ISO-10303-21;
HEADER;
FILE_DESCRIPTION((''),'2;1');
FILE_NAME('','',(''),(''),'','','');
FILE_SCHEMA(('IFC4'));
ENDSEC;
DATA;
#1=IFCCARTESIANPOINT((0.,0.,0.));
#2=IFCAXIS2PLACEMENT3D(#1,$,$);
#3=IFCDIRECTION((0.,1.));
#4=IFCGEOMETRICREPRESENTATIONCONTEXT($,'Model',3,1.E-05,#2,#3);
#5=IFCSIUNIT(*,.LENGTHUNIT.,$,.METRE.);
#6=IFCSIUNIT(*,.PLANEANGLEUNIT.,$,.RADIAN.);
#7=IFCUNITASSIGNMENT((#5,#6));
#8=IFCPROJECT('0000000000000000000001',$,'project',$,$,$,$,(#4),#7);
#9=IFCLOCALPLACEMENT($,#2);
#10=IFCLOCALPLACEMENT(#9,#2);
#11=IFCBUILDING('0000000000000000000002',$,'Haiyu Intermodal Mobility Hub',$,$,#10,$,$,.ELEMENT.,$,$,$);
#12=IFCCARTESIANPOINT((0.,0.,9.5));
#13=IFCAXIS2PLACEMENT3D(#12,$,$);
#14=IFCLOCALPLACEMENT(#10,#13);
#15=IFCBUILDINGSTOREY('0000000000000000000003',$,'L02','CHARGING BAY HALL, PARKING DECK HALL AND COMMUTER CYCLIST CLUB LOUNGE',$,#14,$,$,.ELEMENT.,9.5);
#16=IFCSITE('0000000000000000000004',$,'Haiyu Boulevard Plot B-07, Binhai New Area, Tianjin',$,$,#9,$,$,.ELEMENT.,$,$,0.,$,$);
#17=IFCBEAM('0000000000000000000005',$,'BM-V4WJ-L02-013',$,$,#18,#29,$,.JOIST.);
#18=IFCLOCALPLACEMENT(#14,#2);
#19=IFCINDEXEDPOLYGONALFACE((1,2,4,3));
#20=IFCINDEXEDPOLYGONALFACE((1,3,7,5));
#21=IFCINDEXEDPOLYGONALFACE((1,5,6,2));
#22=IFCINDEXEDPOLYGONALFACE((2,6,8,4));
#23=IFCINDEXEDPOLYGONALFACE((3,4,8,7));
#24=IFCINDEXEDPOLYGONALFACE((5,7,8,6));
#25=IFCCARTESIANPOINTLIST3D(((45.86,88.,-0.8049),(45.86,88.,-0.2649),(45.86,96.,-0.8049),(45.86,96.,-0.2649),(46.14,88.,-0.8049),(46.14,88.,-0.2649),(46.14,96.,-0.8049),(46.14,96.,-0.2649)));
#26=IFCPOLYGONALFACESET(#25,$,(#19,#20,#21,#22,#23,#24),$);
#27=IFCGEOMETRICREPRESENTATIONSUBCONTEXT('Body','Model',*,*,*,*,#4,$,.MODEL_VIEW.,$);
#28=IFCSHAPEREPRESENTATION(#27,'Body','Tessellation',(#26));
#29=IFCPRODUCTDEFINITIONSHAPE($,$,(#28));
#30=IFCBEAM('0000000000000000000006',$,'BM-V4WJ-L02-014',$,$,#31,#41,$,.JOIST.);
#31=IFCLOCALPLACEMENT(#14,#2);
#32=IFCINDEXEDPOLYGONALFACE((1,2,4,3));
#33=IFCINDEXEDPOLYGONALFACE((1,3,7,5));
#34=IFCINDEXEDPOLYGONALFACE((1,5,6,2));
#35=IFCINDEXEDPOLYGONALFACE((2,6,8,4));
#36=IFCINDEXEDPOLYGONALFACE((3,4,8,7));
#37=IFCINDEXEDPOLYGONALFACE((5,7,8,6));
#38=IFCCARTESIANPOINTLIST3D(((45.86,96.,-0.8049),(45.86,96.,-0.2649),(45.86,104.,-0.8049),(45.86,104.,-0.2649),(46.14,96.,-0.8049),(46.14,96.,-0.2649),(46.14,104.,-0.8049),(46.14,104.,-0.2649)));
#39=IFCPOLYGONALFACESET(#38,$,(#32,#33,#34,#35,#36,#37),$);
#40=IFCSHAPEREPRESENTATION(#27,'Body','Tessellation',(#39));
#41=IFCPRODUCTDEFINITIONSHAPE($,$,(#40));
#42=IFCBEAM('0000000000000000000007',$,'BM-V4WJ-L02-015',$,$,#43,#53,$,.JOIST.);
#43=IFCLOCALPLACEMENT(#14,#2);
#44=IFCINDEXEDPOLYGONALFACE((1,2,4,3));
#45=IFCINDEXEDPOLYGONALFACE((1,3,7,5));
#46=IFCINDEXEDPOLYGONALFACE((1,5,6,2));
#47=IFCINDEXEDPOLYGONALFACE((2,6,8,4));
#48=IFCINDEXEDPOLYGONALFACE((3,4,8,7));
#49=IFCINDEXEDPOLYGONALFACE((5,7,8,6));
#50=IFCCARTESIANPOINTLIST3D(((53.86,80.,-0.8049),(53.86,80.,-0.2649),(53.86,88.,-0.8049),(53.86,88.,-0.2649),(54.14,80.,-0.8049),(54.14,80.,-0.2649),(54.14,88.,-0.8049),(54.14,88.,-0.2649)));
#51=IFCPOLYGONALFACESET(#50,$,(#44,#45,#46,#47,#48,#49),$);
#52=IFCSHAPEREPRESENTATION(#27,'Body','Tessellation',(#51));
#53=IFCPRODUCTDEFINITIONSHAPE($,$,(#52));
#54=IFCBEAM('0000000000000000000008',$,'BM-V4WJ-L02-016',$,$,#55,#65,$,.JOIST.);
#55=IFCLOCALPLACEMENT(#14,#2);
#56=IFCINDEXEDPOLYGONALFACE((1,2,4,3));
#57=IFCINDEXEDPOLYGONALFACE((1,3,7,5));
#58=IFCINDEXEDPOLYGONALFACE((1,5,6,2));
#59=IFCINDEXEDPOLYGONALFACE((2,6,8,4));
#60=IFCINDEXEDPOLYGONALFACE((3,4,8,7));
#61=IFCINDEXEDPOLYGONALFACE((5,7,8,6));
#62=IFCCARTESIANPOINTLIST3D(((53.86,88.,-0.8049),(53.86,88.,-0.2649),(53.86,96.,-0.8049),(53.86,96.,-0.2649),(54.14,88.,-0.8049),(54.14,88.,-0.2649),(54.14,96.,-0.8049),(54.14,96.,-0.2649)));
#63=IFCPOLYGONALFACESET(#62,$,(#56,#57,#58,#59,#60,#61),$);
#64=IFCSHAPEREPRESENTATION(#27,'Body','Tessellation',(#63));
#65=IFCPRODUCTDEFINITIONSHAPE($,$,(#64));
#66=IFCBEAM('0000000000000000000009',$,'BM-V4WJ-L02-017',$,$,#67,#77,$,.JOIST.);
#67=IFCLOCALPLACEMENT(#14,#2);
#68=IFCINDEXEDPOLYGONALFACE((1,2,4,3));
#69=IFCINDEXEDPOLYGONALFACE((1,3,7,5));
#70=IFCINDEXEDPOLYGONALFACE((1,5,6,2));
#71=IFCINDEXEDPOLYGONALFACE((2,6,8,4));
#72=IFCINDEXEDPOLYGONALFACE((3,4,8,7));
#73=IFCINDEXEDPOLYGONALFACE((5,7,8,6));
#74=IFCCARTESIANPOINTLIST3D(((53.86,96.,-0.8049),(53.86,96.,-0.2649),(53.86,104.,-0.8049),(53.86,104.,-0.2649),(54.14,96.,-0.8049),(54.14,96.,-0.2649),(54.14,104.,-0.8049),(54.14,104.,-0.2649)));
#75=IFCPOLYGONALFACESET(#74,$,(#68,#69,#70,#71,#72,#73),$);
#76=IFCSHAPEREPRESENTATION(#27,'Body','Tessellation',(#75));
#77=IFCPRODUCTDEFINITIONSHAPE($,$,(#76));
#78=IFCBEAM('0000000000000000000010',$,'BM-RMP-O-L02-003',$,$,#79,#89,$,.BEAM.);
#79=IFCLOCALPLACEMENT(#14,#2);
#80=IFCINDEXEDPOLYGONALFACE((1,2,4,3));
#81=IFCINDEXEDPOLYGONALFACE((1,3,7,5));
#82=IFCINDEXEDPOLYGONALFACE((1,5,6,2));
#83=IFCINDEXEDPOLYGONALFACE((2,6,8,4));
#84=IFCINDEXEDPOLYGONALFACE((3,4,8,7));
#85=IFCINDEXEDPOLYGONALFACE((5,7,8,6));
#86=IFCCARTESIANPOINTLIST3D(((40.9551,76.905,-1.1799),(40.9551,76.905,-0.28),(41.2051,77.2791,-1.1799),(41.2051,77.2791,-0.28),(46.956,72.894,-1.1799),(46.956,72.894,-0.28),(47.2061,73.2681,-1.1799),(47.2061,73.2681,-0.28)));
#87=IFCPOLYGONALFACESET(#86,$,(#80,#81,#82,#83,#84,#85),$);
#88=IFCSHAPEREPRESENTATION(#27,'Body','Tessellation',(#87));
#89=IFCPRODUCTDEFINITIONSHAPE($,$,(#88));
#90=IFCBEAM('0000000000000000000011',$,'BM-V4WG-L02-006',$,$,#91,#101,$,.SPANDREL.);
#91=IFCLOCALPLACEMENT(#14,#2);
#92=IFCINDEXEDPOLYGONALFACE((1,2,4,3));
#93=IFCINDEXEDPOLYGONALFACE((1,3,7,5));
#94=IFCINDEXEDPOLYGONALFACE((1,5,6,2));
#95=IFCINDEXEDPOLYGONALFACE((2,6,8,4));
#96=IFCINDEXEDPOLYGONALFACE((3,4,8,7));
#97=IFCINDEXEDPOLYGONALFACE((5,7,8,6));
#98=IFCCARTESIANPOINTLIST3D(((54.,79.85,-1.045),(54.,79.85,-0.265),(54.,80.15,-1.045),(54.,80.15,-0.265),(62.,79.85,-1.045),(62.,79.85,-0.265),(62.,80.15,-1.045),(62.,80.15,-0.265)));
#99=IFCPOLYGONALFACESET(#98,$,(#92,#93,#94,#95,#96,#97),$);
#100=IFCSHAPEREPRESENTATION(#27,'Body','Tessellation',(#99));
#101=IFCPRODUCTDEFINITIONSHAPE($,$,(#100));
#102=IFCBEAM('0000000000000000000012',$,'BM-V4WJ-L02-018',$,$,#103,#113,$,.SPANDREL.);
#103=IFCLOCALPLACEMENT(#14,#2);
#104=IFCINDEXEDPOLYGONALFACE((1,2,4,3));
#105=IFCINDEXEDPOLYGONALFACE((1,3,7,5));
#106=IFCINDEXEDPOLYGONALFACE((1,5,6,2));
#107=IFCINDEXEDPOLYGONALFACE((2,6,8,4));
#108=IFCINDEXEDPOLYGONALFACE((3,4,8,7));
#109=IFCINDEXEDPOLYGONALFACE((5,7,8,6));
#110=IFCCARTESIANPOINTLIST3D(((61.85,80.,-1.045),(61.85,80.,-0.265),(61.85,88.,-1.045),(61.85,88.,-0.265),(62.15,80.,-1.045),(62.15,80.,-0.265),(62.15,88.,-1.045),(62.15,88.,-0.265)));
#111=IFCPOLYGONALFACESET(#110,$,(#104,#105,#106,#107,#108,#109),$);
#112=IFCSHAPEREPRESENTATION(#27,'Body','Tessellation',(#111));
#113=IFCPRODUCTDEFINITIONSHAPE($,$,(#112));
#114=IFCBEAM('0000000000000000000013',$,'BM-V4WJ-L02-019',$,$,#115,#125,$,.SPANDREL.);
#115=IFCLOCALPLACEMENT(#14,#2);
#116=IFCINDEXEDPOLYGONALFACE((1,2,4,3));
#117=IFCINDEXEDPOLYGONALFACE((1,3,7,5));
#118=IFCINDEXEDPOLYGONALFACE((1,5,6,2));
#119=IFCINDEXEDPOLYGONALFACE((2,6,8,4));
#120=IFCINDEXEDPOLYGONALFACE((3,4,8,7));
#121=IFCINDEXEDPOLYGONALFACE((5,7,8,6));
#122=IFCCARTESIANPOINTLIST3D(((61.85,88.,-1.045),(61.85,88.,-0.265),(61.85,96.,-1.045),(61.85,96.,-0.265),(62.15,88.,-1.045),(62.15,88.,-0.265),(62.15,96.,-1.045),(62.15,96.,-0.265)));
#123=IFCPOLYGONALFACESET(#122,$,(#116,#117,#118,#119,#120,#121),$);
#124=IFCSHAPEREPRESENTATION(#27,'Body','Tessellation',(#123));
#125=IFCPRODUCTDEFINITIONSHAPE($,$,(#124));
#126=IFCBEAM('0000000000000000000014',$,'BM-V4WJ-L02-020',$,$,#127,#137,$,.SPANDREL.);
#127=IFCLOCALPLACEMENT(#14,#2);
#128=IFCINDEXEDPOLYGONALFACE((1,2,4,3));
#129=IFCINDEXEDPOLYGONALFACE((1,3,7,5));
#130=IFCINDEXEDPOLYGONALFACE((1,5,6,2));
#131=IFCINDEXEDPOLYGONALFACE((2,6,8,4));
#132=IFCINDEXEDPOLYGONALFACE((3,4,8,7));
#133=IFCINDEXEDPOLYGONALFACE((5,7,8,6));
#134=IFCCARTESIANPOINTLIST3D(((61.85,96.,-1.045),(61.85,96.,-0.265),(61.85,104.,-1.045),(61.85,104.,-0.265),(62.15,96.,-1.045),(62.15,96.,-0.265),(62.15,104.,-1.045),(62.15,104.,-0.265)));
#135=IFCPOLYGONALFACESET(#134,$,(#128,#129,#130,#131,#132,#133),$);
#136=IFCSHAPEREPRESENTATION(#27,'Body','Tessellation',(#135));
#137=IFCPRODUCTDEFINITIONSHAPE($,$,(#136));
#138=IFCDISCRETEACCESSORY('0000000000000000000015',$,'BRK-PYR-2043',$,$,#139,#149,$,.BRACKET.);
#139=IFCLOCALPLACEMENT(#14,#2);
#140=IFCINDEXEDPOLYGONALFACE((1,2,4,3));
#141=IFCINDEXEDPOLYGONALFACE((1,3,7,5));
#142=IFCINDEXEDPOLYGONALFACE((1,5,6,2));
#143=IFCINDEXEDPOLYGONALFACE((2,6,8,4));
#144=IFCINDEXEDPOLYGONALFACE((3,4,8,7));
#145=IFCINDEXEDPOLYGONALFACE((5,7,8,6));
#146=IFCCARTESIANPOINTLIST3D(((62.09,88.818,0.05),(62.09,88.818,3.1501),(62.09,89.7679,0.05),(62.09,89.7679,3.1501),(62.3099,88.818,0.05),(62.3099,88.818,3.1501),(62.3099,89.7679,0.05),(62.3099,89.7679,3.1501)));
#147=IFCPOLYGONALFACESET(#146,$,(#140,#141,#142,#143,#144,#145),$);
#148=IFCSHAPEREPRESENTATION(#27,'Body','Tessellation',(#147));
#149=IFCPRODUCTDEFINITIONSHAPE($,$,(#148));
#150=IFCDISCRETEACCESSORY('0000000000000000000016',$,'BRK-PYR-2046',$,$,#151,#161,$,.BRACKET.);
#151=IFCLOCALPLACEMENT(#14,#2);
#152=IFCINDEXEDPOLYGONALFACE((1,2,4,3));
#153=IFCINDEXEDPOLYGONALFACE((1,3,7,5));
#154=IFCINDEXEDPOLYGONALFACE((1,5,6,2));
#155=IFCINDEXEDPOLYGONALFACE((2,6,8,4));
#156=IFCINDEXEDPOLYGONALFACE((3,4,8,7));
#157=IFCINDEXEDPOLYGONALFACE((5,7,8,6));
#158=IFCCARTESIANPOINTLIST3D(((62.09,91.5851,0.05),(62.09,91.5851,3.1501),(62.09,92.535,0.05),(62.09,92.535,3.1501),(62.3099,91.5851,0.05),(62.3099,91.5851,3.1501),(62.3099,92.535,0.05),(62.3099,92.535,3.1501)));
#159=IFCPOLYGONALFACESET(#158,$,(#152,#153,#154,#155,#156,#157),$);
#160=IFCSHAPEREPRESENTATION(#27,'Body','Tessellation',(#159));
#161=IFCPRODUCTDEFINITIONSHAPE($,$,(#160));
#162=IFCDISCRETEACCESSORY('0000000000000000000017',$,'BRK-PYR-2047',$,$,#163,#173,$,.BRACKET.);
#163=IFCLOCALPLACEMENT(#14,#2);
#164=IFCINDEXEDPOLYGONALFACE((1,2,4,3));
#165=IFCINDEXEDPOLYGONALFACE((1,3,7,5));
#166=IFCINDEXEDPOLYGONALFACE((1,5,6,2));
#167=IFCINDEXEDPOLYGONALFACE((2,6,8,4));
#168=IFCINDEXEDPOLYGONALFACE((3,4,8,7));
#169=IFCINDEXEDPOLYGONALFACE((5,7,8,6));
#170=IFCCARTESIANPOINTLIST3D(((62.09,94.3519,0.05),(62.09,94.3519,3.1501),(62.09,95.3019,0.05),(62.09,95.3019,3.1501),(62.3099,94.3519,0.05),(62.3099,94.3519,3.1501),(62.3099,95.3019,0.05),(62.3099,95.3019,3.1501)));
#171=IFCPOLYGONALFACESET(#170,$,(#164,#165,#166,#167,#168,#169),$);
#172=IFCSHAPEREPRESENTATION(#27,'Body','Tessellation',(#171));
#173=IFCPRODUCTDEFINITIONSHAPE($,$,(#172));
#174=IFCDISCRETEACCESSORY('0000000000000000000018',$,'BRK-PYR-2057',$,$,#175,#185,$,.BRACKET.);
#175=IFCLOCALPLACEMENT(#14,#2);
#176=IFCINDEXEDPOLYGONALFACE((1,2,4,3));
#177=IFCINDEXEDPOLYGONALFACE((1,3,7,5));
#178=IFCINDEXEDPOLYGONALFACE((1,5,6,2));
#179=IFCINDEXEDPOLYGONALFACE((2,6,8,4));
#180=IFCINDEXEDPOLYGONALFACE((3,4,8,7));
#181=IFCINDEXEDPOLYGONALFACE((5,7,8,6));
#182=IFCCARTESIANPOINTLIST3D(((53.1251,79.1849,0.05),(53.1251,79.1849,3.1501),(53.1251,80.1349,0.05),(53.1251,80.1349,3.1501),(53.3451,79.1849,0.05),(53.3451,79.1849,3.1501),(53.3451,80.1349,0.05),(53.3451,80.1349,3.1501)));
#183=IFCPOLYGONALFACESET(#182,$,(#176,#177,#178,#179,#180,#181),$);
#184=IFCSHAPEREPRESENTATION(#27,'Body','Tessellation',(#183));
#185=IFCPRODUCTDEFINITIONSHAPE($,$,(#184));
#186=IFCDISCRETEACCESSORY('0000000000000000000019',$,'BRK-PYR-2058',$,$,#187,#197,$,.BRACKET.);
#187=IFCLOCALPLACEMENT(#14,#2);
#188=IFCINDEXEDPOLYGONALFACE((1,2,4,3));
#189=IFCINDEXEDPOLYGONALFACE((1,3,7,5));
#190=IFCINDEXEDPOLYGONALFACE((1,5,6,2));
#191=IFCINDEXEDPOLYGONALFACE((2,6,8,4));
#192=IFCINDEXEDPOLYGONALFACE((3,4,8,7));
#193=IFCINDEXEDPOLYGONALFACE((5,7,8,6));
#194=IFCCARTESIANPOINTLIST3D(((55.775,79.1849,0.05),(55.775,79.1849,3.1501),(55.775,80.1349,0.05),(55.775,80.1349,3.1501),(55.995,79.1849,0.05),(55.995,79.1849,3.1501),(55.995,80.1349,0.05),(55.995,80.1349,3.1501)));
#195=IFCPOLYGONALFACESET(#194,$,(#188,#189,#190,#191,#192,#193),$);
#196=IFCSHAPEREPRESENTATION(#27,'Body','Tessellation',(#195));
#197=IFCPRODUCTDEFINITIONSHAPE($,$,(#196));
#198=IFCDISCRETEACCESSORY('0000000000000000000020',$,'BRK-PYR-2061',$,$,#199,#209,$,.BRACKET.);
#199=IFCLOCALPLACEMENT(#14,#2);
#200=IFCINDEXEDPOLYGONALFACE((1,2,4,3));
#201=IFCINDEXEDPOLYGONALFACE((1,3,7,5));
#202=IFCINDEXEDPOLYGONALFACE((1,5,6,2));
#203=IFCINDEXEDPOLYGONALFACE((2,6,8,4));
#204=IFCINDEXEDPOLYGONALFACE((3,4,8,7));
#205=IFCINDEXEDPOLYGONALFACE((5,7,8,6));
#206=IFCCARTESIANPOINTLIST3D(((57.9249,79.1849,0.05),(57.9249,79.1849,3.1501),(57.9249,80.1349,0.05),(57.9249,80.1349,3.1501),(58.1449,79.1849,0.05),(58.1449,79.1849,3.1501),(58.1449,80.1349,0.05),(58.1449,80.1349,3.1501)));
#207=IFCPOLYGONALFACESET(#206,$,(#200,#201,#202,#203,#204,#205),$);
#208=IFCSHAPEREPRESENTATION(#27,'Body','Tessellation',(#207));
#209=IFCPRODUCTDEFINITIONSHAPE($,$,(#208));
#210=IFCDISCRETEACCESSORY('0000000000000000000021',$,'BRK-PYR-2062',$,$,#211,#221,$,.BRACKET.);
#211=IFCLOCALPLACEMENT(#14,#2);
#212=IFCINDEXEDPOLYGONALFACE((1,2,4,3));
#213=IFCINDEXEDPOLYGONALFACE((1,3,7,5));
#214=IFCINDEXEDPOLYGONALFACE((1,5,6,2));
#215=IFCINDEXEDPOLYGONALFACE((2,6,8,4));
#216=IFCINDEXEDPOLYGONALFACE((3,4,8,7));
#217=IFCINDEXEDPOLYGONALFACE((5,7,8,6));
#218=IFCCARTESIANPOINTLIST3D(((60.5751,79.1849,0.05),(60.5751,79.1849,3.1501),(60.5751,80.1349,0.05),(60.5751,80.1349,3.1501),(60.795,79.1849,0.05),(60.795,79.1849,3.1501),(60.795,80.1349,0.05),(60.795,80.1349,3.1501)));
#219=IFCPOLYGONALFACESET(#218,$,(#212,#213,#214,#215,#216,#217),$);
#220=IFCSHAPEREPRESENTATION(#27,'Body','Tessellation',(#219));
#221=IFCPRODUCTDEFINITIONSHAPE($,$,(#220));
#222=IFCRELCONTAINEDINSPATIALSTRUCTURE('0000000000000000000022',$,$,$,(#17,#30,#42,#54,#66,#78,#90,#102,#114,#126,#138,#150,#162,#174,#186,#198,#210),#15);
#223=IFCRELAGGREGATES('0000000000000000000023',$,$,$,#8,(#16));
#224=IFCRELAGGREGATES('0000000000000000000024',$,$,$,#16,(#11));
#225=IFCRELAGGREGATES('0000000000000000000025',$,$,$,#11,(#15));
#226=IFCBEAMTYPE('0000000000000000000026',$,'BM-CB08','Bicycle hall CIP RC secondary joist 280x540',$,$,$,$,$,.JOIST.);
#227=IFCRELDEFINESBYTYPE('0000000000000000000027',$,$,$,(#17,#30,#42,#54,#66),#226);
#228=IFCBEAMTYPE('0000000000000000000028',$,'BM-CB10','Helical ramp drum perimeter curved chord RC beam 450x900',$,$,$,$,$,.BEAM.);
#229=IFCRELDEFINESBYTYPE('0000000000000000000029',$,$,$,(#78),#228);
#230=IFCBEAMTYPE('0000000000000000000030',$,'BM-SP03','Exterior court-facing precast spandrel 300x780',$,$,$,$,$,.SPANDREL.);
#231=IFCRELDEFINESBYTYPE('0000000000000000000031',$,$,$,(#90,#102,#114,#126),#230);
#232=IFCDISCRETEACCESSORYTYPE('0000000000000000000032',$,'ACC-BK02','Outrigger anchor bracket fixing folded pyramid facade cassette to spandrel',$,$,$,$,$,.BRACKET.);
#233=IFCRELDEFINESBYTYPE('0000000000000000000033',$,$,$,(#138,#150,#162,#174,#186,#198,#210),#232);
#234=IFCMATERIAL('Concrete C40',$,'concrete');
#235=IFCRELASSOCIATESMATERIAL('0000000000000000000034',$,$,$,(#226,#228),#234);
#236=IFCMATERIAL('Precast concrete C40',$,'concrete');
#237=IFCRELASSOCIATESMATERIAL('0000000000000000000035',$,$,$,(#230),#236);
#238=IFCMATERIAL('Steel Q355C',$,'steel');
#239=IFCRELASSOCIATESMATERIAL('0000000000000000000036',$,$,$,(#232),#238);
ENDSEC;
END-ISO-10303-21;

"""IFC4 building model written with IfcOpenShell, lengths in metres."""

from ifc_helpers import new_model, si_unit, direction, frame, origin, origin_2d, place, context, subcontext, project, spatial, rectangle, extrude, material, material_profile, profile_set, type_object, element, save


model = new_model("IFC4")

# Units and contexts
model_context = context("Model", 3, precision=1e-05, world=origin(), true_north=direction((0.0, 1.0)))
body_context = subcontext(model_context, "Body", "Model", "MODEL_VIEW")
ifc_project = project(units=[si_unit("LENGTHUNIT", "METRE"), si_unit("PLANEANGLEUNIT", "RADIAN")], contexts=[model_context])

# Site, building, storey
site_placement = place(None, origin())
site = spatial("IfcSite", under=ifc_project, at=site_placement, Name="Haiyu Boulevard Plot B-07, Binhai New Area, Tianjin", CompositionType="ELEMENT", RefElevation=0.0)
building_placement = place(site_placement, origin())
building = spatial("IfcBuilding", under=site, at=building_placement, Name="Haiyu Intermodal Mobility Hub", CompositionType="ELEMENT")
storey_placement = place(building_placement, frame((0.0, 0.0, 9.5)))
storey = spatial("IfcBuildingStorey", under=building, at=storey_placement, Name="L02", Description="CHARGING BAY HALL, PARKING DECK HALL AND COMMUTER CYCLIST CLUB LOUNGE", CompositionType="ELEMENT", Elevation=9.5)

# Shared definitions
ifc_material_1 = material(Name="Precast concrete C40", Category="concrete")
ifc_material_2 = material(Name="Concrete C40", Category="concrete")

# Beams
ifc_material_profile_1 = material_profile(ifc_material_2, rectangle(XDim=0.28, YDim=0.54, at=origin_2d()), Name="RCB280x540")
ifc_profile_set_1 = profile_set([ifc_material_profile_1], Name="Concrete C40")
beam_type_1 = type_object("IfcBeamType", Name="BM-CB08", Description="Bicycle hall CIP RC secondary joist 280x540", PredefinedType="JOIST", material=ifc_profile_set_1)
for number, where, z_axis, x_axis, name in (
    (1, (46.0, 88.0, -0.5349), (0.0, 1.0, 0.0), (-1.0, 0.0, 0.0), "BM-V4WJ-L02-013"),
    (2, (46.0, 96.0, -0.5349), (0.0, 1.0, 0.0), (-1.0, 0.0, 0.0), "BM-V4WJ-L02-014"),
    (3, (54.0, 80.0, -0.5349), (0.0, 1.0, 0.0), (-1.0, 0.0, 0.0), "BM-V4WJ-L02-015"),
    (4, (54.0, 88.0, -0.5349), (0.0, 1.0, 0.0), (-1.0, 0.0, 0.0), "BM-V4WJ-L02-016"),
    (5, (54.0, 96.0, -0.5349), (0.0, 1.0, 0.0), (-1.0, 0.0, 0.0), "BM-V4WJ-L02-017"),
):
    element("IfcBeam", number, at=place(storey_placement, frame(where, z_axis=z_axis, x_axis=x_axis)), inside=storey, type_object=beam_type_1, Name=name, PredefinedType="JOIST", context=body_context, shape_type="SweptSolid", body=[
        extrude(rectangle(XDim=0.28, YDim=0.54, at=origin_2d()), origin(), (0.0, 0.0, 1.0), 8.0),
    ])
ifc_material_profile_2 = material_profile(ifc_material_2, rectangle(XDim=0.45, YDim=0.8999, at=origin_2d()), Name="RCB450x900")
ifc_profile_set_2 = profile_set([ifc_material_profile_2], Name="Concrete C40")
beam_type_2 = type_object("IfcBeamType", Name="BM-CB10", Description="Helical ramp drum perimeter curved chord RC beam 450x900", PredefinedType="BEAM", material=ifc_profile_set_2)
beam_placement = place(storey_placement, frame((47.0811, 73.0811, -0.73), z_axis=(-0.831389, 0.555691, 0.0), x_axis=(-0.555691, -0.831389, 0.0)))
element("IfcBeam", 6, at=beam_placement, inside=storey, type_object=beam_type_2, Name="BM-RMP-O-L02-003", PredefinedType="BEAM", context=body_context, shape_type="SweptSolid", body=[
    extrude(rectangle(XDim=0.45, YDim=0.8999, at=origin_2d()), origin(), (0.0, 0.0, 1.0), 7.218),
])
ifc_material_profile_3 = material_profile(ifc_material_1, rectangle(XDim=0.3, YDim=0.78, at=origin_2d()), Name="PC300x780")
ifc_profile_set_3 = profile_set([ifc_material_profile_3], Name="Precast concrete C40")
beam_type_3 = type_object("IfcBeamType", Name="BM-SP03", Description="Exterior court-facing precast spandrel 300x780", PredefinedType="SPANDREL", material=ifc_profile_set_3)
for number, where, z_axis, x_axis, name in (
    (7, (54.0, 80.0, -0.655), (1.0, 0.0, 0.0), (0.0, 1.0, 0.0), "BM-V4WG-L02-006"),
    (8, (62.0, 80.0, -0.655), (0.0, 1.0, 0.0), (-1.0, 0.0, 0.0), "BM-V4WJ-L02-018"),
    (9, (62.0, 88.0, -0.655), (0.0, 1.0, 0.0), (-1.0, 0.0, 0.0), "BM-V4WJ-L02-019"),
    (10, (62.0, 96.0, -0.655), (0.0, 1.0, 0.0), (-1.0, 0.0, 0.0), "BM-V4WJ-L02-020"),
):
    element("IfcBeam", number, at=place(storey_placement, frame(where, z_axis=z_axis, x_axis=x_axis)), inside=storey, type_object=beam_type_3, Name=name, PredefinedType="SPANDREL", context=body_context, shape_type="SweptSolid", body=[
        extrude(rectangle(XDim=0.3, YDim=0.78, at=origin_2d()), origin(), (0.0, 0.0, 1.0), 8.0),
    ])

# Discrete accessories
ifc_material_3 = material(Name="Steel Q355C", Category="steel")
discrete_accessory_type = type_object("IfcDiscreteAccessoryType", Name="ACC-BK02", Description="Outrigger anchor bracket fixing folded pyramid facade cassette to spandrel", PredefinedType="BRACKET", material=ifc_material_3)
for number, where, z_axis, x_axis, name in (
    (11, (62.2, 89.293, 0.05), (0.0, 0.0, 1.0), (1.0, 0.0, 0.0), "BRK-PYR-2043"),
    (12, (62.2, 92.0601, 0.05), (0.0, 0.0, 1.0), (1.0, 0.0, 0.0), "BRK-PYR-2046"),
    (13, (62.2, 94.8269, 0.05), (0.0, 0.0, 1.0), (1.0, 0.0, 0.0), "BRK-PYR-2047"),
    (14, (53.2351, 79.6599, 0.05), (0.0, 0.0, 1.0), (1.0, 0.0, 0.0), "BRK-PYR-2057"),
    (15, (55.885, 79.6599, 0.05), (0.0, 0.0, 1.0), (1.0, 0.0, 0.0), "BRK-PYR-2058"),
    (16, (58.0349, 79.6599, 0.05), (0.0, 0.0, 1.0), (1.0, 0.0, 0.0), "BRK-PYR-2061"),
    (17, (60.6851, 79.6599, 0.05), (0.0, 0.0, 1.0), (1.0, 0.0, 0.0), "BRK-PYR-2062"),
):
    element("IfcDiscreteAccessory", number, at=place(storey_placement, frame(where, z_axis=z_axis, x_axis=x_axis)), inside=storey, type_object=discrete_accessory_type, Name=name, PredefinedType="BRACKET", context=body_context, shape_type="SweptSolid", body=[
        extrude(rectangle(XDim=0.22, YDim=0.95, at=origin_2d()), origin(), (0.0, 0.0, 1.0), 3.1001),
    ])

save(model, "model.ifc")
